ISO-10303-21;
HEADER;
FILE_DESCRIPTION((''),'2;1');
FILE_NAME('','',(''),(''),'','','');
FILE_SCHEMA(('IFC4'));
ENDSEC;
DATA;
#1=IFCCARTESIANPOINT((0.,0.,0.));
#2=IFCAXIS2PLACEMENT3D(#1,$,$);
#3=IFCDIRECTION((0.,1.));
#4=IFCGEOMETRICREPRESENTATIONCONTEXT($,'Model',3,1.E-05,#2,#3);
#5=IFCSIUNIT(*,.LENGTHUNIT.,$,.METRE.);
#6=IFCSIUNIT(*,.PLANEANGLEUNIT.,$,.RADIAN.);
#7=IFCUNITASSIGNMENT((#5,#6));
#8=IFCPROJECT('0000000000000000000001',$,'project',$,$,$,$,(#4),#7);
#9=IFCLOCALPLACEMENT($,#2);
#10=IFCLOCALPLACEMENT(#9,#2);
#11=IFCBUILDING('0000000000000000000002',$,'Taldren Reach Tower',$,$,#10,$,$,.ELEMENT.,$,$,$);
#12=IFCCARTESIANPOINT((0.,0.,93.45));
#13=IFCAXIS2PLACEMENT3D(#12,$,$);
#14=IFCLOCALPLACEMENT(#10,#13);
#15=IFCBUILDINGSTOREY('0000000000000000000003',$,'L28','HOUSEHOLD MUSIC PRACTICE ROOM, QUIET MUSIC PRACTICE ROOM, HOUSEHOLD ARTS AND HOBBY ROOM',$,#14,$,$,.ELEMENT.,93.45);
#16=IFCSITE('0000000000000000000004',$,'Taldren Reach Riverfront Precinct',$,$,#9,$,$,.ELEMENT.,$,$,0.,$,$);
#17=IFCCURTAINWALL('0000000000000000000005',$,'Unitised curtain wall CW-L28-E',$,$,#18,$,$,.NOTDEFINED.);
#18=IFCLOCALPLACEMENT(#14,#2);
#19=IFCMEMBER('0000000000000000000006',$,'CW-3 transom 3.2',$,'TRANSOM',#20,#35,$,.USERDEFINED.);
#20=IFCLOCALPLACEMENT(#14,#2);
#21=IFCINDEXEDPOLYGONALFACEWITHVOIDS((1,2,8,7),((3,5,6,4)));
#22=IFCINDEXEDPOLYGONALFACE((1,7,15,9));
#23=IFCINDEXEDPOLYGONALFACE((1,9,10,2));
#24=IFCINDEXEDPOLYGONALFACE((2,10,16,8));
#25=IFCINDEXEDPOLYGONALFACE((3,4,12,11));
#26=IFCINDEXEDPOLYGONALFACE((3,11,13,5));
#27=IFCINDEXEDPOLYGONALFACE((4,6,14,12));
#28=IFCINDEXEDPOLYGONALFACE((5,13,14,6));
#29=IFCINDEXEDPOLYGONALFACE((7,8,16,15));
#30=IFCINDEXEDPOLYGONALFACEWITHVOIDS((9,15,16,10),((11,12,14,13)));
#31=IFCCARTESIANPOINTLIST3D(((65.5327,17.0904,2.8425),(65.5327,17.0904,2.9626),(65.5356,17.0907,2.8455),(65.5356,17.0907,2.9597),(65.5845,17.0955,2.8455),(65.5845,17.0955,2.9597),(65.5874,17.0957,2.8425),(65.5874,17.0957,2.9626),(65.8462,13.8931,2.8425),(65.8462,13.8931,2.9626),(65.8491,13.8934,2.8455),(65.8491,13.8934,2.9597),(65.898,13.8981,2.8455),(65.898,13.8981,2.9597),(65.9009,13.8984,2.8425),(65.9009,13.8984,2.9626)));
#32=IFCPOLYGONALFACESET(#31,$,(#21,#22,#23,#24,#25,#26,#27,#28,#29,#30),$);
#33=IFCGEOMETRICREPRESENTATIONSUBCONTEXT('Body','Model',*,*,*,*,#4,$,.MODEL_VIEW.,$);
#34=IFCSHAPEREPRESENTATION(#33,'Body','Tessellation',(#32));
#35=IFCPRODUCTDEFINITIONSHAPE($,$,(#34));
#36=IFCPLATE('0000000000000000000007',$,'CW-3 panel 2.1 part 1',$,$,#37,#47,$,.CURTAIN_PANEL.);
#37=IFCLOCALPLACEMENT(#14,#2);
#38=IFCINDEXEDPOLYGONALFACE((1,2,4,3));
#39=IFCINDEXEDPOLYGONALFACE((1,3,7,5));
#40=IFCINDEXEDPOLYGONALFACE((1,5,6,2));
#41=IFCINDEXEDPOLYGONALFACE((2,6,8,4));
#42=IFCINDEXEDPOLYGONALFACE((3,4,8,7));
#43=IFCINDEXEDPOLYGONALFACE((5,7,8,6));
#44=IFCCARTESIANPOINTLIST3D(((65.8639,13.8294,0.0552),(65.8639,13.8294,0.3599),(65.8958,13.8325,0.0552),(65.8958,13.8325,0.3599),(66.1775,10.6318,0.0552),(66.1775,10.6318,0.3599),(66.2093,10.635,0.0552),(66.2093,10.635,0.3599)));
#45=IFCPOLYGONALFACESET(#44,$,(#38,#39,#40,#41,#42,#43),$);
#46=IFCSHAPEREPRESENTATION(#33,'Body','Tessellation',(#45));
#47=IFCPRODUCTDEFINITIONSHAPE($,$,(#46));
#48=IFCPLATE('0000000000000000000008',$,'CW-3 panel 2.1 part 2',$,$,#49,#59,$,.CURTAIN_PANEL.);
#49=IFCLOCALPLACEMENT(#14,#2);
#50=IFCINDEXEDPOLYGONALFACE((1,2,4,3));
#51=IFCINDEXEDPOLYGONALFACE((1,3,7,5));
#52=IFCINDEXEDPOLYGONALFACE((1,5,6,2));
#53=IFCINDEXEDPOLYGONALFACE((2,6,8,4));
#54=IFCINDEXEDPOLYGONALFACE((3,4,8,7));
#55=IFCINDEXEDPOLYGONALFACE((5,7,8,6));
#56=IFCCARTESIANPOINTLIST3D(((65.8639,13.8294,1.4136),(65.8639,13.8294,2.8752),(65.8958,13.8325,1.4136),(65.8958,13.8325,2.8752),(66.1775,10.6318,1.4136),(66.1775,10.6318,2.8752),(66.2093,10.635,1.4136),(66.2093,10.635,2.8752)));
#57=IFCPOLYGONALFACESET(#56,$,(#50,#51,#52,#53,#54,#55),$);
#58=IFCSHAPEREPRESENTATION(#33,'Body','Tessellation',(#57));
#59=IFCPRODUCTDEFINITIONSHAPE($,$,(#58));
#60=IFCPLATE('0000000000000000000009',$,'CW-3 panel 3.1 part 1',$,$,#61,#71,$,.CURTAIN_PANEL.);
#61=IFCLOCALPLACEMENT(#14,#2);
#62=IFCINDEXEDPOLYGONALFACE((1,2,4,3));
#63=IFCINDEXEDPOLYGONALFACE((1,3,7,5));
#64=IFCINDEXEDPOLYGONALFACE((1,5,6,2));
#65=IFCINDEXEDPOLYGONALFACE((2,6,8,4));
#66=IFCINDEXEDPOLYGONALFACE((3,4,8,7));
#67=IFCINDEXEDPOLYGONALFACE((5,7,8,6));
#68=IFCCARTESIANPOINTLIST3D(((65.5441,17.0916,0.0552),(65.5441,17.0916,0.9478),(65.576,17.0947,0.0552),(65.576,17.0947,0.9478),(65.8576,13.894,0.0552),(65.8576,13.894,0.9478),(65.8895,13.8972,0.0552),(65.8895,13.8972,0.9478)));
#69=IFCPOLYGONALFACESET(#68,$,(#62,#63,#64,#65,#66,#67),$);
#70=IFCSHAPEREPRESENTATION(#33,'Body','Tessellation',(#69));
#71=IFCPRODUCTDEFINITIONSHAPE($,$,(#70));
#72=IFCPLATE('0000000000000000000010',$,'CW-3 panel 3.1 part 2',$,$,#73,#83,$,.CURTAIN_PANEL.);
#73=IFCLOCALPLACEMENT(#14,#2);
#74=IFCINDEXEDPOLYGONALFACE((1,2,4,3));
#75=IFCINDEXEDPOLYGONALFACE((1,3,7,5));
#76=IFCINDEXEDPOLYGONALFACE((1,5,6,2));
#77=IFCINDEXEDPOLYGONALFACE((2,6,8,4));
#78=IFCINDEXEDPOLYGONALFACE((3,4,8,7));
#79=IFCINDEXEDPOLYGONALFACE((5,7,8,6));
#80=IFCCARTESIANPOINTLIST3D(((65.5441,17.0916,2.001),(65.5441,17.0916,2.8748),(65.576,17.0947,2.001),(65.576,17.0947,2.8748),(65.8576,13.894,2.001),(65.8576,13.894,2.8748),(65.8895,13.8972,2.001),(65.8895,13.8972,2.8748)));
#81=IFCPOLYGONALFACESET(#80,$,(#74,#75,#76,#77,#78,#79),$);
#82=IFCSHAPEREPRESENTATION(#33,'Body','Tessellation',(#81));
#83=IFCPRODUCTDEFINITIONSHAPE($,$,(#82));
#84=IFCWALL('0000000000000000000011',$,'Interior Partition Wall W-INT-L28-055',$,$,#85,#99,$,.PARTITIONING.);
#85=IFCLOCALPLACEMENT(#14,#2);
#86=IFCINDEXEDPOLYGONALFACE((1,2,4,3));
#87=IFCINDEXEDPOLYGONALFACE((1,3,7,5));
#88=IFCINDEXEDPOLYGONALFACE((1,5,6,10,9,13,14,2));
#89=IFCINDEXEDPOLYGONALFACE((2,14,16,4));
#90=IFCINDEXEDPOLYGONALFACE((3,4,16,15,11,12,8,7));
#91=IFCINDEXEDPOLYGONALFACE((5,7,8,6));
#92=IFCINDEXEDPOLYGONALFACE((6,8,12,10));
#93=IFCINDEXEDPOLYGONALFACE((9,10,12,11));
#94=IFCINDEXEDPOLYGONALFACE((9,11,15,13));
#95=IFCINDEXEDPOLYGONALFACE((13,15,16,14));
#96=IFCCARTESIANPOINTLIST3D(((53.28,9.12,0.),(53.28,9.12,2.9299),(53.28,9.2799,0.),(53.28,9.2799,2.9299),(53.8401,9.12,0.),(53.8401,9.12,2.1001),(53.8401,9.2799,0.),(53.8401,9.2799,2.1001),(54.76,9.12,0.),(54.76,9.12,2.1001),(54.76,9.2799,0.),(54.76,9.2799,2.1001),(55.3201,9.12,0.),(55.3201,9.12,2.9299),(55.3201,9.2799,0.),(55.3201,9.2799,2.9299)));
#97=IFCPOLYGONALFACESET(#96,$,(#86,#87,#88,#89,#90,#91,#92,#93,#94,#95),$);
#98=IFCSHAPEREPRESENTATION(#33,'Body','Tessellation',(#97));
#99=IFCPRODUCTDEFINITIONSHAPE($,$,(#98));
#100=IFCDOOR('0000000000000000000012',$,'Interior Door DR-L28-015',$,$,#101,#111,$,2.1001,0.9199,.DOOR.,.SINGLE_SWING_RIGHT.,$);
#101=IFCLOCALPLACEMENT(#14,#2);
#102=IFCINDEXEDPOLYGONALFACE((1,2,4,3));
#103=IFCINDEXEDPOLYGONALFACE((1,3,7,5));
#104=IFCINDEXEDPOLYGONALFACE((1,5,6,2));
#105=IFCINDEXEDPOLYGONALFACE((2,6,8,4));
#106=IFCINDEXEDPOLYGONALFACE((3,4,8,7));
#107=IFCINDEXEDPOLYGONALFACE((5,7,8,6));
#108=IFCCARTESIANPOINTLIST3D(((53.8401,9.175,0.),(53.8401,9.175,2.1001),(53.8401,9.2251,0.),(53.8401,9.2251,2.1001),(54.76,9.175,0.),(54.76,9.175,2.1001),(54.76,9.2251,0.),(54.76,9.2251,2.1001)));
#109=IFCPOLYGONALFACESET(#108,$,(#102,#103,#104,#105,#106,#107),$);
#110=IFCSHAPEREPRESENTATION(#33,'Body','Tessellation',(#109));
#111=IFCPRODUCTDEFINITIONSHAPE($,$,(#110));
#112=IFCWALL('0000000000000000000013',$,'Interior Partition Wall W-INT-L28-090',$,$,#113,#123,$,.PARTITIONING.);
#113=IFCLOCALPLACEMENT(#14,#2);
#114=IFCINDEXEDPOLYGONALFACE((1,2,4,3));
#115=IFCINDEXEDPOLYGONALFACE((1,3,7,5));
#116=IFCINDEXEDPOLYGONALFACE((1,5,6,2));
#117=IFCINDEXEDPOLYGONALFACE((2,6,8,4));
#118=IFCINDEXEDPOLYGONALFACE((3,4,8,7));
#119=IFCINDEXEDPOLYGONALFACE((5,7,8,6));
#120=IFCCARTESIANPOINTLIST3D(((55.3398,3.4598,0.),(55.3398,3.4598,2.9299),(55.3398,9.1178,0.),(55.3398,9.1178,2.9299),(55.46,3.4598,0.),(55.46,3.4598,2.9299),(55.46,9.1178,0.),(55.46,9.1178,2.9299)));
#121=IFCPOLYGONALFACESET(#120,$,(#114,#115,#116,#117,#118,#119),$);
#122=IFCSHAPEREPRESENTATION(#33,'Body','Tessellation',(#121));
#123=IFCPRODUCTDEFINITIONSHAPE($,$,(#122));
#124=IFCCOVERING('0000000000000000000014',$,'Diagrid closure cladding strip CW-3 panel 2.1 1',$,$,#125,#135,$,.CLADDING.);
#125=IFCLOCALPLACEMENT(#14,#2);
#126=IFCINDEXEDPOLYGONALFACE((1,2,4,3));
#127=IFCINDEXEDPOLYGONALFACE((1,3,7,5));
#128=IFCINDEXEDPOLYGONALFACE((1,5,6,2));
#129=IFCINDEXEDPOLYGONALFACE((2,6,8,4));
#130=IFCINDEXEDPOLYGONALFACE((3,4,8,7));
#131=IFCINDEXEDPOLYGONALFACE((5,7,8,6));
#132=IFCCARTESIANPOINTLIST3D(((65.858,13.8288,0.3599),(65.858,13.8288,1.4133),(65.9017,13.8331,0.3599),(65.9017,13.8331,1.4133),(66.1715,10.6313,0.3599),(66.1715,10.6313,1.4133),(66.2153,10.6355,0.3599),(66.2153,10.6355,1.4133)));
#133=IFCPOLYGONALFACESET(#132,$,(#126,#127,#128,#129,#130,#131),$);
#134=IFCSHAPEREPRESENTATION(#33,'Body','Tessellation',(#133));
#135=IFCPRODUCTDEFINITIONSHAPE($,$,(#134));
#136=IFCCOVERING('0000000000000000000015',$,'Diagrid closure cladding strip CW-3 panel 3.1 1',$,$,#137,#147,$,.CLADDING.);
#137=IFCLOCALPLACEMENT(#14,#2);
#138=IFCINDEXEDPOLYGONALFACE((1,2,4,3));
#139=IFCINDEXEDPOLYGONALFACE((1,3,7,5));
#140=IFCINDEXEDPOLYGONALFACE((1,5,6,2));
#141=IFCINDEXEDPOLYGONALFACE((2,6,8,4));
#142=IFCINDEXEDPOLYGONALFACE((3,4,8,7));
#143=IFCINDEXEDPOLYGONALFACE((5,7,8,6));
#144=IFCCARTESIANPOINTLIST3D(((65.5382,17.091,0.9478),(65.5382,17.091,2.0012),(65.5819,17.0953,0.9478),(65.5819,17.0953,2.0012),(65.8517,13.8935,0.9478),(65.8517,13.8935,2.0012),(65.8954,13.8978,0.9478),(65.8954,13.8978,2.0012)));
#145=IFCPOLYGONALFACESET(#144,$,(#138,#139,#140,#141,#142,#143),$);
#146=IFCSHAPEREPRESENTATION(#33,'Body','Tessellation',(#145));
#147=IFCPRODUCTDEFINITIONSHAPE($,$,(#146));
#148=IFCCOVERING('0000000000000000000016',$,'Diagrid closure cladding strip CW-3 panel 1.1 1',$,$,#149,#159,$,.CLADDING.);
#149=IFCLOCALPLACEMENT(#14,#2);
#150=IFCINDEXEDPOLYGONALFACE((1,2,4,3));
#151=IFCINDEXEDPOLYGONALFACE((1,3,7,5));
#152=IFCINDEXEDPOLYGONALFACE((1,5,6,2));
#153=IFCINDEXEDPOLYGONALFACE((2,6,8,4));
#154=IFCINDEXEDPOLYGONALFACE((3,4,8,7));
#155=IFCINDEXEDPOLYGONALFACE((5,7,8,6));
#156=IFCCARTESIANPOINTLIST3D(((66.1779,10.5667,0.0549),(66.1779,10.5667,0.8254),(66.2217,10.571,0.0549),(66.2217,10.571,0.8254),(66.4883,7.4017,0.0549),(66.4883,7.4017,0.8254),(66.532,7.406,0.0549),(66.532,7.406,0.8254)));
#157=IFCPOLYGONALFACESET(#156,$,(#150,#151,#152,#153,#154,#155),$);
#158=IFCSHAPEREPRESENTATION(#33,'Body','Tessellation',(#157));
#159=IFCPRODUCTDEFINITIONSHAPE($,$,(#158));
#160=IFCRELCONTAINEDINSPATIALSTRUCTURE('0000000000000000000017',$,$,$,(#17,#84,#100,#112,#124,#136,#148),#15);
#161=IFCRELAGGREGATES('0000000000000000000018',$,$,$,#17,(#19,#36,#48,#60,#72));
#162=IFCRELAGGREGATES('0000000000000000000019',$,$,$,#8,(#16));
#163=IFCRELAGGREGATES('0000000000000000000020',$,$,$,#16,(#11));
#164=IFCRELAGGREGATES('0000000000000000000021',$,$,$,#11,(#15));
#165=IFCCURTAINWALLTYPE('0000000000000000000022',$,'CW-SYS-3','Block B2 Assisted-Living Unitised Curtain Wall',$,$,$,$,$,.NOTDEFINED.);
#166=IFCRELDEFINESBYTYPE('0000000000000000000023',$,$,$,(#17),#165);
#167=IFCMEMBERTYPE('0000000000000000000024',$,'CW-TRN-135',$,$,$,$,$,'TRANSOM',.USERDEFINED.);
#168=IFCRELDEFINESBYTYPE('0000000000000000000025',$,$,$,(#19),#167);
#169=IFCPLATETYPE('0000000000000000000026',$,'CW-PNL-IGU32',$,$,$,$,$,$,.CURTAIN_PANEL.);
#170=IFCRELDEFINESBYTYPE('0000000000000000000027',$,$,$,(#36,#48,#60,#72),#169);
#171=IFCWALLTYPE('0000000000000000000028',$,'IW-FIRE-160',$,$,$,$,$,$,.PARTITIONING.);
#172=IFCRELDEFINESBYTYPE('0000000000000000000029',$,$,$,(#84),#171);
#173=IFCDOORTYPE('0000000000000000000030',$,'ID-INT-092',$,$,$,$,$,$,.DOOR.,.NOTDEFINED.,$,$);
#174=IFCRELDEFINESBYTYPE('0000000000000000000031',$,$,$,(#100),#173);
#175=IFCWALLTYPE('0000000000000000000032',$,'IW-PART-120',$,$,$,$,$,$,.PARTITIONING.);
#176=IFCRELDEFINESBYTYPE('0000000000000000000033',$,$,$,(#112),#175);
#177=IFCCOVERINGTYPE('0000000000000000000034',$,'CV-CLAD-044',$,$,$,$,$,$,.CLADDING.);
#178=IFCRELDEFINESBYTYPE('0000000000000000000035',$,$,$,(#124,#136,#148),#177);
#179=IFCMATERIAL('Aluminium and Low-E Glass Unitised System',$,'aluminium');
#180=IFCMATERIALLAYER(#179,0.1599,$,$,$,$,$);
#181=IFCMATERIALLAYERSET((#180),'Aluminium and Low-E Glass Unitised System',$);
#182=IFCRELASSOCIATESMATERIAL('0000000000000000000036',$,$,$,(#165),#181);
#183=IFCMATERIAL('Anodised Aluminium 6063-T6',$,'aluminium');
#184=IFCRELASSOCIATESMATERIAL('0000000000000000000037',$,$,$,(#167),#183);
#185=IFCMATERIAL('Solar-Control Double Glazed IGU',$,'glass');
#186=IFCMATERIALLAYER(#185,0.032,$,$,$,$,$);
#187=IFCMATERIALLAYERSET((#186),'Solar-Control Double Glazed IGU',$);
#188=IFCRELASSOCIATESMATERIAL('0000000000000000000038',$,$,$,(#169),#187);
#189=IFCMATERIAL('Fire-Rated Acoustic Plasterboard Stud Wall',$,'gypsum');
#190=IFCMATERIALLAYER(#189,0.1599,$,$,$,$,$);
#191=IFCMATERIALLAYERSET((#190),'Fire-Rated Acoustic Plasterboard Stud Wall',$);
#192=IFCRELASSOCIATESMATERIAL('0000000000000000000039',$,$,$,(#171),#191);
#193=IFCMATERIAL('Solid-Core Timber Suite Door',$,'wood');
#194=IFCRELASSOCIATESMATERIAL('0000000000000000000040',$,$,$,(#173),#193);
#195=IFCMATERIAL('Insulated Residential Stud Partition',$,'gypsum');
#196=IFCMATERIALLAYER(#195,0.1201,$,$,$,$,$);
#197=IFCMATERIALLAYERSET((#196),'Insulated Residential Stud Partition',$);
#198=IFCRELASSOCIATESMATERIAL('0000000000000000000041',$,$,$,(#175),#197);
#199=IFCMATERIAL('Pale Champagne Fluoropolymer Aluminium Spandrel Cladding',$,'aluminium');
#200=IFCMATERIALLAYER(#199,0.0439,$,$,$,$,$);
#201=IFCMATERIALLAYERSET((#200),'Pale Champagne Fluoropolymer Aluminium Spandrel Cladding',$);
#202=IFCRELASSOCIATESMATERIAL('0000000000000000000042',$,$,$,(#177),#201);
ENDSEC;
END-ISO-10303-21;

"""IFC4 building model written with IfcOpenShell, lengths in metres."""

from ifc_helpers import new_model, si_unit, direction, frame, frame_2d, origin, origin_2d, place, context, subcontext, project, spatial, rectangle, hollow_rectangle, extrude, source, transform, mapped, material, layer, layer_set, material_profile, profile_set, type_object, element, fill, aggregate, save


model = new_model("IFC4")

# Units and contexts
model_context = context("Model", 3, precision=1e-05, world=origin(), true_north=direction((0.0, 1.0)))
body_context = subcontext(model_context, "Body", "Model", "MODEL_VIEW")
ifc_project = project(units=[si_unit("LENGTHUNIT", "METRE"), si_unit("PLANEANGLEUNIT", "RADIAN")], contexts=[model_context])

# Site, building, storey
site_placement = place(None, origin())
site = spatial("IfcSite", under=ifc_project, at=site_placement, Name="Taldren Reach Riverfront Precinct", CompositionType="ELEMENT", RefElevation=0.0)
building_placement = place(site_placement, origin())
building = spatial("IfcBuilding", under=site, at=building_placement, Name="Taldren Reach Tower", CompositionType="ELEMENT")
storey_placement = place(building_placement, frame((0.0, 0.0, 93.45)))
storey = spatial("IfcBuildingStorey", under=building, at=storey_placement, Name="L28", Description="HOUSEHOLD MUSIC PRACTICE ROOM, QUIET MUSIC PRACTICE ROOM, HOUSEHOLD ARTS AND HOBBY ROOM", CompositionType="ELEMENT", Elevation=93.45)

# Curtain wall, member, plates
ifc_material_1 = material(Name="Aluminium and Low-E Glass Unitised System", Category="aluminium")
ifc_layer_1 = layer(ifc_material_1, 0.1599)
ifc_layer_set_1 = layer_set([ifc_layer_1], Name="Aluminium and Low-E Glass Unitised System")
curtain_wall_type = type_object("IfcCurtainWallType", Name="CW-SYS-3", Description="Block B2 Assisted-Living Unitised Curtain Wall", PredefinedType="NOTDEFINED", material=ifc_layer_set_1)
curtain_wall_placement = place(storey_placement, origin())
curtain_wall = element("IfcCurtainWall", 1, at=curtain_wall_placement, inside=storey, type_object=curtain_wall_type, Name="Unitised curtain wall CW-L28-E", PredefinedType="NOTDEFINED")
ifc_material_2 = material(Name="Anodised Aluminium 6063-T6", Category="aluminium")
ifc_material_profile_1 = material_profile(ifc_material_2, hollow_rectangle(XDim=0.0549, YDim=0.1201, WallThickness=0.0029, at=origin_2d()), Name="ALU-120x55x3RHS")
ifc_profile_set_1 = profile_set([ifc_material_profile_1], Name="Anodised Aluminium 6063-T6")
member_type_1 = type_object("IfcMemberType", Name="CW-TRN-135", ElementType="TRANSOM", PredefinedType="USERDEFINED", material=ifc_profile_set_1)
shared_shape_1 = source(origin(), body_context, "Body", "SweptSolid", [
    extrude(hollow_rectangle(XDim=0.0549, YDim=0.1201, WallThickness=0.0029, at=origin_2d()), origin(), (0.0, 0.0, 1.0), 3.2126),
])
member_1_placement = place(storey_placement, frame((65.8735, 13.8958, 2.9026), z_axis=(-0.097577, 0.995228, 0.0), x_axis=(-0.995228, -0.097577, 0.0)))
member_1 = element("IfcMember", 2, at=member_1_placement, type_object=member_type_1, Name="CW-3 transom 3.2", ObjectType="TRANSOM", PredefinedType="USERDEFINED", context=body_context, shape_type="MappedRepresentation", body=[
    mapped(shared_shape_1, transform((0.0, 0.0, 0.0), scale=1.0)),
])
ifc_material_3 = material(Name="Solar-Control Double Glazed IGU", Category="glass")
ifc_layer_2 = layer(ifc_material_3, 0.032)
ifc_layer_set_2 = layer_set([ifc_layer_2], Name="Solar-Control Double Glazed IGU")
plate_type = type_object("IfcPlateType", Name="CW-PNL-IGU32", PredefinedType="CURTAIN_PANEL", material=ifc_layer_set_2)
shared_shape_2 = source(origin(), body_context, "Body", "SweptSolid", [
    extrude(rectangle(XDim=3.2129, YDim=0.032, at=origin_2d()), origin(), (0.0, 0.0, 1.0), 0.3047),
])
plate_1_placement = place(storey_placement, frame((66.0366, 12.2322, 0.0552), z_axis=(0.0, 0.0, 1.0), x_axis=(-0.097583, 0.995227, 0.0)))
plate_1 = element("IfcPlate", 3, at=plate_1_placement, type_object=plate_type, Name="CW-3 panel 2.1 part 1", PredefinedType="CURTAIN_PANEL", context=body_context, shape_type="MappedRepresentation", body=[
    mapped(shared_shape_2, transform((0.0, 0.0, 0.0), scale=1.0)),
])
shared_shape_3 = source(origin(), body_context, "Body", "SweptSolid", [
    extrude(rectangle(XDim=3.2129, YDim=0.032, at=origin_2d()), origin(), (0.0, 0.0, 1.0), 1.4617),
])
plate_2_placement = place(storey_placement, frame((66.0366, 12.2322, 1.4136), z_axis=(0.0, 0.0, 1.0), x_axis=(-0.097583, 0.995227, 0.0)))
plate_2 = element("IfcPlate", 4, at=plate_2_placement, type_object=plate_type, Name="CW-3 panel 2.1 part 2", PredefinedType="CURTAIN_PANEL", context=body_context, shape_type="MappedRepresentation", body=[
    mapped(shared_shape_3, transform((0.0, 0.0, 0.0), scale=1.0)),
])
shared_shape_4 = source(origin(), body_context, "Body", "SweptSolid", [
    extrude(rectangle(XDim=3.2129, YDim=0.032, at=origin_2d()), origin(), (0.0, 0.0, 1.0), 0.8926),
])
plate_3_placement = place(storey_placement, frame((65.7168, 15.4944, 0.0552), z_axis=(0.0, 0.0, 1.0), x_axis=(-0.097583, 0.995227, 0.0)))
plate_3 = element("IfcPlate", 5, at=plate_3_placement, type_object=plate_type, Name="CW-3 panel 3.1 part 1", PredefinedType="CURTAIN_PANEL", context=body_context, shape_type="MappedRepresentation", body=[
    mapped(shared_shape_4, transform((0.0, 0.0, 0.0), scale=1.0)),
])
shared_shape_5 = source(origin(), body_context, "Body", "SweptSolid", [
    extrude(rectangle(XDim=3.2129, YDim=0.032, at=origin_2d()), origin(), (0.0, 0.0, 1.0), 0.8738),
])
plate_4_placement = place(storey_placement, frame((65.7168, 15.4944, 2.001), z_axis=(0.0, 0.0, 1.0), x_axis=(-0.097583, 0.995227, 0.0)))
plate_4 = element("IfcPlate", 6, at=plate_4_placement, type_object=plate_type, Name="CW-3 panel 3.1 part 2", PredefinedType="CURTAIN_PANEL", context=body_context, shape_type="MappedRepresentation", body=[
    mapped(shared_shape_5, transform((0.0, 0.0, 0.0), scale=1.0)),
])
aggregate(curtain_wall, [member_1, plate_1, plate_2, plate_3, plate_4])

# Wall, opening, door
ifc_material_4 = material(Name="Fire-Rated Acoustic Plasterboard Stud Wall", Category="gypsum")
ifc_layer_3 = layer(ifc_material_4, 0.1599)
ifc_layer_set_3 = layer_set([ifc_layer_3], Name="Fire-Rated Acoustic Plasterboard Stud Wall")
wall_type_1 = type_object("IfcWallType", Name="IW-FIRE-160", PredefinedType="PARTITIONING", material=ifc_layer_set_3)
shared_shape_6 = source(origin(), body_context, "Body", "SweptSolid", [
    extrude(rectangle(XDim=2.04, YDim=0.1599, at=frame_2d((1.02, 0.0))), origin(), (0.0, 0.0, 1.0), 2.9299),
])
wall_1_placement = place(storey_placement, frame((55.3201, 9.2, 0.0), z_axis=(0.0, 0.0, 1.0), x_axis=(-1.0, 0.0, 0.0)))
wall_1 = element("IfcWall", 7, at=wall_1_placement, inside=storey, type_object=wall_type_1, Name="Interior Partition Wall W-INT-L28-055", PredefinedType="PARTITIONING", context=body_context, shape_type="MappedRepresentation", body=[
    mapped(shared_shape_6, transform((0.0, 0.0, 0.0), scale=1.0)),
])
shared_shape_7 = source(origin(), body_context, "Body", "SweptSolid", [
    extrude(rectangle(XDim=0.9199, YDim=2.1001, at=frame_2d((0.46, 1.05))), frame((0.0, 0.0898, 0.0), z_axis=(0.0, -1.0, 0.0), x_axis=(1.0, 0.0, 0.0)), (0.0, 0.0, 1.0), 0.1799),
])
opening_placement = place(wall_1_placement, frame((0.5601, 0.0, 0.0)))
opening = element("IfcOpeningElement", 8, at=opening_placement, cuts=wall_1, PredefinedType="OPENING", context=body_context, shape_type="MappedRepresentation", body=[
    mapped(shared_shape_7, transform((0.0, 0.0, 0.0), scale=1.0)),
])
ifc_material_5 = material(Name="Solid-Core Timber Suite Door", Category="wood")
door_type = type_object("IfcDoorType", Name="ID-INT-092", OperationType="NOTDEFINED", PredefinedType="DOOR", material=ifc_material_5)
shared_shape_8 = source(origin(), body_context, "Body", "SweptSolid", [
    extrude(rectangle(XDim=0.9199, YDim=2.1001, at=frame_2d((0.46, 1.05))), frame((0.0, 0.0249, 0.0), z_axis=(0.0, -1.0, 0.0), x_axis=(1.0, 0.0, 0.0)), (0.0, 0.0, 1.0), 0.05),
])
door_placement = place(opening_placement, origin())
door = element("IfcDoor", 9, at=door_placement, inside=storey, type_object=door_type, Name="Interior Door DR-L28-015", OperationType="SINGLE_SWING_RIGHT", OverallHeight=2.1001, OverallWidth=0.9199, PredefinedType="DOOR", context=body_context, shape_type="MappedRepresentation", body=[
    mapped(shared_shape_8, transform((0.0, 0.0, 0.0), scale=1.0)),
])
fill(opening, door)

# Wall
ifc_material_6 = material(Name="Insulated Residential Stud Partition", Category="gypsum")
ifc_layer_4 = layer(ifc_material_6, 0.1201)
ifc_layer_set_4 = layer_set([ifc_layer_4], Name="Insulated Residential Stud Partition")
wall_type_2 = type_object("IfcWallType", Name="IW-PART-120", PredefinedType="PARTITIONING", material=ifc_layer_set_4)
shared_shape_9 = source(origin(), body_context, "Body", "SweptSolid", [
    extrude(rectangle(XDim=5.658, YDim=0.1201, at=frame_2d((2.8291, 0.0))), origin(), (0.0, 0.0, 1.0), 2.9299),
])
wall_2_placement = place(storey_placement, frame((55.3999, 9.1179, 0.0), z_axis=(0.0, 0.0, 1.0), x_axis=(0.0, -1.0, 0.0)))
element("IfcWall", 10, at=wall_2_placement, inside=storey, type_object=wall_type_2, Name="Interior Partition Wall W-INT-L28-090", PredefinedType="PARTITIONING", context=body_context, shape_type="MappedRepresentation", body=[
    mapped(shared_shape_9, transform((0.0, 0.0, 0.0), scale=1.0)),
])

# Coverings
ifc_material_7 = material(Name="Pale Champagne Fluoropolymer Aluminium Spandrel Cladding", Category="aluminium")
ifc_layer_5 = layer(ifc_material_7, 0.0439)
ifc_layer_set_5 = layer_set([ifc_layer_5], Name="Pale Champagne Fluoropolymer Aluminium Spandrel Cladding")
covering_type = type_object("IfcCoveringType", Name="CV-CLAD-044", PredefinedType="CLADDING", material=ifc_layer_set_5)
shared_shape_10 = source(origin(), body_context, "Body", "SweptSolid", [
    extrude(rectangle(XDim=3.2129, YDim=0.0439, at=origin_2d()), origin(), (0.0, 0.0, 1.0), 1.0535),
])
for number, where, z_axis, x_axis, name in (
    (11, (66.0366, 12.2322, 0.3599), (0.0, 0.0, 1.0), (-0.097583, 0.995227, 0.0), "Diagrid closure cladding strip CW-3 panel 2.1 1"),
    (12, (65.7168, 15.4944, 0.9478), (0.0, 0.0, 1.0), (-0.097583, 0.995227, 0.0), "Diagrid closure cladding strip CW-3 panel 3.1 1"),
):
    element("IfcCovering", number, at=place(storey_placement, frame(where, z_axis=z_axis, x_axis=x_axis)), inside=storey, type_object=covering_type, Name=name, PredefinedType="CLADDING", context=body_context, shape_type="MappedRepresentation", body=[
        mapped(shared_shape_10, transform((0.0, 0.0, 0.0), scale=1.0)),
    ])
shared_shape_11 = source(origin(), body_context, "Body", "SweptSolid", [
    extrude(rectangle(XDim=3.1802, YDim=0.0439, at=origin_2d()), origin(), (0.0, 0.0, 1.0), 0.7705),
])
covering_placement = place(storey_placement, frame((66.355, 8.9863, 0.0549), z_axis=(0.0, 0.0, 1.0), x_axis=(-0.097583, 0.995227, 0.0)))
element("IfcCovering", 13, at=covering_placement, inside=storey, type_object=covering_type, Name="Diagrid closure cladding strip CW-3 panel 1.1 1", PredefinedType="CLADDING", context=body_context, shape_type="MappedRepresentation", body=[
    mapped(shared_shape_11, transform((0.0, 0.0, 0.0), scale=1.0)),
])

save(model, "model.ifc")
